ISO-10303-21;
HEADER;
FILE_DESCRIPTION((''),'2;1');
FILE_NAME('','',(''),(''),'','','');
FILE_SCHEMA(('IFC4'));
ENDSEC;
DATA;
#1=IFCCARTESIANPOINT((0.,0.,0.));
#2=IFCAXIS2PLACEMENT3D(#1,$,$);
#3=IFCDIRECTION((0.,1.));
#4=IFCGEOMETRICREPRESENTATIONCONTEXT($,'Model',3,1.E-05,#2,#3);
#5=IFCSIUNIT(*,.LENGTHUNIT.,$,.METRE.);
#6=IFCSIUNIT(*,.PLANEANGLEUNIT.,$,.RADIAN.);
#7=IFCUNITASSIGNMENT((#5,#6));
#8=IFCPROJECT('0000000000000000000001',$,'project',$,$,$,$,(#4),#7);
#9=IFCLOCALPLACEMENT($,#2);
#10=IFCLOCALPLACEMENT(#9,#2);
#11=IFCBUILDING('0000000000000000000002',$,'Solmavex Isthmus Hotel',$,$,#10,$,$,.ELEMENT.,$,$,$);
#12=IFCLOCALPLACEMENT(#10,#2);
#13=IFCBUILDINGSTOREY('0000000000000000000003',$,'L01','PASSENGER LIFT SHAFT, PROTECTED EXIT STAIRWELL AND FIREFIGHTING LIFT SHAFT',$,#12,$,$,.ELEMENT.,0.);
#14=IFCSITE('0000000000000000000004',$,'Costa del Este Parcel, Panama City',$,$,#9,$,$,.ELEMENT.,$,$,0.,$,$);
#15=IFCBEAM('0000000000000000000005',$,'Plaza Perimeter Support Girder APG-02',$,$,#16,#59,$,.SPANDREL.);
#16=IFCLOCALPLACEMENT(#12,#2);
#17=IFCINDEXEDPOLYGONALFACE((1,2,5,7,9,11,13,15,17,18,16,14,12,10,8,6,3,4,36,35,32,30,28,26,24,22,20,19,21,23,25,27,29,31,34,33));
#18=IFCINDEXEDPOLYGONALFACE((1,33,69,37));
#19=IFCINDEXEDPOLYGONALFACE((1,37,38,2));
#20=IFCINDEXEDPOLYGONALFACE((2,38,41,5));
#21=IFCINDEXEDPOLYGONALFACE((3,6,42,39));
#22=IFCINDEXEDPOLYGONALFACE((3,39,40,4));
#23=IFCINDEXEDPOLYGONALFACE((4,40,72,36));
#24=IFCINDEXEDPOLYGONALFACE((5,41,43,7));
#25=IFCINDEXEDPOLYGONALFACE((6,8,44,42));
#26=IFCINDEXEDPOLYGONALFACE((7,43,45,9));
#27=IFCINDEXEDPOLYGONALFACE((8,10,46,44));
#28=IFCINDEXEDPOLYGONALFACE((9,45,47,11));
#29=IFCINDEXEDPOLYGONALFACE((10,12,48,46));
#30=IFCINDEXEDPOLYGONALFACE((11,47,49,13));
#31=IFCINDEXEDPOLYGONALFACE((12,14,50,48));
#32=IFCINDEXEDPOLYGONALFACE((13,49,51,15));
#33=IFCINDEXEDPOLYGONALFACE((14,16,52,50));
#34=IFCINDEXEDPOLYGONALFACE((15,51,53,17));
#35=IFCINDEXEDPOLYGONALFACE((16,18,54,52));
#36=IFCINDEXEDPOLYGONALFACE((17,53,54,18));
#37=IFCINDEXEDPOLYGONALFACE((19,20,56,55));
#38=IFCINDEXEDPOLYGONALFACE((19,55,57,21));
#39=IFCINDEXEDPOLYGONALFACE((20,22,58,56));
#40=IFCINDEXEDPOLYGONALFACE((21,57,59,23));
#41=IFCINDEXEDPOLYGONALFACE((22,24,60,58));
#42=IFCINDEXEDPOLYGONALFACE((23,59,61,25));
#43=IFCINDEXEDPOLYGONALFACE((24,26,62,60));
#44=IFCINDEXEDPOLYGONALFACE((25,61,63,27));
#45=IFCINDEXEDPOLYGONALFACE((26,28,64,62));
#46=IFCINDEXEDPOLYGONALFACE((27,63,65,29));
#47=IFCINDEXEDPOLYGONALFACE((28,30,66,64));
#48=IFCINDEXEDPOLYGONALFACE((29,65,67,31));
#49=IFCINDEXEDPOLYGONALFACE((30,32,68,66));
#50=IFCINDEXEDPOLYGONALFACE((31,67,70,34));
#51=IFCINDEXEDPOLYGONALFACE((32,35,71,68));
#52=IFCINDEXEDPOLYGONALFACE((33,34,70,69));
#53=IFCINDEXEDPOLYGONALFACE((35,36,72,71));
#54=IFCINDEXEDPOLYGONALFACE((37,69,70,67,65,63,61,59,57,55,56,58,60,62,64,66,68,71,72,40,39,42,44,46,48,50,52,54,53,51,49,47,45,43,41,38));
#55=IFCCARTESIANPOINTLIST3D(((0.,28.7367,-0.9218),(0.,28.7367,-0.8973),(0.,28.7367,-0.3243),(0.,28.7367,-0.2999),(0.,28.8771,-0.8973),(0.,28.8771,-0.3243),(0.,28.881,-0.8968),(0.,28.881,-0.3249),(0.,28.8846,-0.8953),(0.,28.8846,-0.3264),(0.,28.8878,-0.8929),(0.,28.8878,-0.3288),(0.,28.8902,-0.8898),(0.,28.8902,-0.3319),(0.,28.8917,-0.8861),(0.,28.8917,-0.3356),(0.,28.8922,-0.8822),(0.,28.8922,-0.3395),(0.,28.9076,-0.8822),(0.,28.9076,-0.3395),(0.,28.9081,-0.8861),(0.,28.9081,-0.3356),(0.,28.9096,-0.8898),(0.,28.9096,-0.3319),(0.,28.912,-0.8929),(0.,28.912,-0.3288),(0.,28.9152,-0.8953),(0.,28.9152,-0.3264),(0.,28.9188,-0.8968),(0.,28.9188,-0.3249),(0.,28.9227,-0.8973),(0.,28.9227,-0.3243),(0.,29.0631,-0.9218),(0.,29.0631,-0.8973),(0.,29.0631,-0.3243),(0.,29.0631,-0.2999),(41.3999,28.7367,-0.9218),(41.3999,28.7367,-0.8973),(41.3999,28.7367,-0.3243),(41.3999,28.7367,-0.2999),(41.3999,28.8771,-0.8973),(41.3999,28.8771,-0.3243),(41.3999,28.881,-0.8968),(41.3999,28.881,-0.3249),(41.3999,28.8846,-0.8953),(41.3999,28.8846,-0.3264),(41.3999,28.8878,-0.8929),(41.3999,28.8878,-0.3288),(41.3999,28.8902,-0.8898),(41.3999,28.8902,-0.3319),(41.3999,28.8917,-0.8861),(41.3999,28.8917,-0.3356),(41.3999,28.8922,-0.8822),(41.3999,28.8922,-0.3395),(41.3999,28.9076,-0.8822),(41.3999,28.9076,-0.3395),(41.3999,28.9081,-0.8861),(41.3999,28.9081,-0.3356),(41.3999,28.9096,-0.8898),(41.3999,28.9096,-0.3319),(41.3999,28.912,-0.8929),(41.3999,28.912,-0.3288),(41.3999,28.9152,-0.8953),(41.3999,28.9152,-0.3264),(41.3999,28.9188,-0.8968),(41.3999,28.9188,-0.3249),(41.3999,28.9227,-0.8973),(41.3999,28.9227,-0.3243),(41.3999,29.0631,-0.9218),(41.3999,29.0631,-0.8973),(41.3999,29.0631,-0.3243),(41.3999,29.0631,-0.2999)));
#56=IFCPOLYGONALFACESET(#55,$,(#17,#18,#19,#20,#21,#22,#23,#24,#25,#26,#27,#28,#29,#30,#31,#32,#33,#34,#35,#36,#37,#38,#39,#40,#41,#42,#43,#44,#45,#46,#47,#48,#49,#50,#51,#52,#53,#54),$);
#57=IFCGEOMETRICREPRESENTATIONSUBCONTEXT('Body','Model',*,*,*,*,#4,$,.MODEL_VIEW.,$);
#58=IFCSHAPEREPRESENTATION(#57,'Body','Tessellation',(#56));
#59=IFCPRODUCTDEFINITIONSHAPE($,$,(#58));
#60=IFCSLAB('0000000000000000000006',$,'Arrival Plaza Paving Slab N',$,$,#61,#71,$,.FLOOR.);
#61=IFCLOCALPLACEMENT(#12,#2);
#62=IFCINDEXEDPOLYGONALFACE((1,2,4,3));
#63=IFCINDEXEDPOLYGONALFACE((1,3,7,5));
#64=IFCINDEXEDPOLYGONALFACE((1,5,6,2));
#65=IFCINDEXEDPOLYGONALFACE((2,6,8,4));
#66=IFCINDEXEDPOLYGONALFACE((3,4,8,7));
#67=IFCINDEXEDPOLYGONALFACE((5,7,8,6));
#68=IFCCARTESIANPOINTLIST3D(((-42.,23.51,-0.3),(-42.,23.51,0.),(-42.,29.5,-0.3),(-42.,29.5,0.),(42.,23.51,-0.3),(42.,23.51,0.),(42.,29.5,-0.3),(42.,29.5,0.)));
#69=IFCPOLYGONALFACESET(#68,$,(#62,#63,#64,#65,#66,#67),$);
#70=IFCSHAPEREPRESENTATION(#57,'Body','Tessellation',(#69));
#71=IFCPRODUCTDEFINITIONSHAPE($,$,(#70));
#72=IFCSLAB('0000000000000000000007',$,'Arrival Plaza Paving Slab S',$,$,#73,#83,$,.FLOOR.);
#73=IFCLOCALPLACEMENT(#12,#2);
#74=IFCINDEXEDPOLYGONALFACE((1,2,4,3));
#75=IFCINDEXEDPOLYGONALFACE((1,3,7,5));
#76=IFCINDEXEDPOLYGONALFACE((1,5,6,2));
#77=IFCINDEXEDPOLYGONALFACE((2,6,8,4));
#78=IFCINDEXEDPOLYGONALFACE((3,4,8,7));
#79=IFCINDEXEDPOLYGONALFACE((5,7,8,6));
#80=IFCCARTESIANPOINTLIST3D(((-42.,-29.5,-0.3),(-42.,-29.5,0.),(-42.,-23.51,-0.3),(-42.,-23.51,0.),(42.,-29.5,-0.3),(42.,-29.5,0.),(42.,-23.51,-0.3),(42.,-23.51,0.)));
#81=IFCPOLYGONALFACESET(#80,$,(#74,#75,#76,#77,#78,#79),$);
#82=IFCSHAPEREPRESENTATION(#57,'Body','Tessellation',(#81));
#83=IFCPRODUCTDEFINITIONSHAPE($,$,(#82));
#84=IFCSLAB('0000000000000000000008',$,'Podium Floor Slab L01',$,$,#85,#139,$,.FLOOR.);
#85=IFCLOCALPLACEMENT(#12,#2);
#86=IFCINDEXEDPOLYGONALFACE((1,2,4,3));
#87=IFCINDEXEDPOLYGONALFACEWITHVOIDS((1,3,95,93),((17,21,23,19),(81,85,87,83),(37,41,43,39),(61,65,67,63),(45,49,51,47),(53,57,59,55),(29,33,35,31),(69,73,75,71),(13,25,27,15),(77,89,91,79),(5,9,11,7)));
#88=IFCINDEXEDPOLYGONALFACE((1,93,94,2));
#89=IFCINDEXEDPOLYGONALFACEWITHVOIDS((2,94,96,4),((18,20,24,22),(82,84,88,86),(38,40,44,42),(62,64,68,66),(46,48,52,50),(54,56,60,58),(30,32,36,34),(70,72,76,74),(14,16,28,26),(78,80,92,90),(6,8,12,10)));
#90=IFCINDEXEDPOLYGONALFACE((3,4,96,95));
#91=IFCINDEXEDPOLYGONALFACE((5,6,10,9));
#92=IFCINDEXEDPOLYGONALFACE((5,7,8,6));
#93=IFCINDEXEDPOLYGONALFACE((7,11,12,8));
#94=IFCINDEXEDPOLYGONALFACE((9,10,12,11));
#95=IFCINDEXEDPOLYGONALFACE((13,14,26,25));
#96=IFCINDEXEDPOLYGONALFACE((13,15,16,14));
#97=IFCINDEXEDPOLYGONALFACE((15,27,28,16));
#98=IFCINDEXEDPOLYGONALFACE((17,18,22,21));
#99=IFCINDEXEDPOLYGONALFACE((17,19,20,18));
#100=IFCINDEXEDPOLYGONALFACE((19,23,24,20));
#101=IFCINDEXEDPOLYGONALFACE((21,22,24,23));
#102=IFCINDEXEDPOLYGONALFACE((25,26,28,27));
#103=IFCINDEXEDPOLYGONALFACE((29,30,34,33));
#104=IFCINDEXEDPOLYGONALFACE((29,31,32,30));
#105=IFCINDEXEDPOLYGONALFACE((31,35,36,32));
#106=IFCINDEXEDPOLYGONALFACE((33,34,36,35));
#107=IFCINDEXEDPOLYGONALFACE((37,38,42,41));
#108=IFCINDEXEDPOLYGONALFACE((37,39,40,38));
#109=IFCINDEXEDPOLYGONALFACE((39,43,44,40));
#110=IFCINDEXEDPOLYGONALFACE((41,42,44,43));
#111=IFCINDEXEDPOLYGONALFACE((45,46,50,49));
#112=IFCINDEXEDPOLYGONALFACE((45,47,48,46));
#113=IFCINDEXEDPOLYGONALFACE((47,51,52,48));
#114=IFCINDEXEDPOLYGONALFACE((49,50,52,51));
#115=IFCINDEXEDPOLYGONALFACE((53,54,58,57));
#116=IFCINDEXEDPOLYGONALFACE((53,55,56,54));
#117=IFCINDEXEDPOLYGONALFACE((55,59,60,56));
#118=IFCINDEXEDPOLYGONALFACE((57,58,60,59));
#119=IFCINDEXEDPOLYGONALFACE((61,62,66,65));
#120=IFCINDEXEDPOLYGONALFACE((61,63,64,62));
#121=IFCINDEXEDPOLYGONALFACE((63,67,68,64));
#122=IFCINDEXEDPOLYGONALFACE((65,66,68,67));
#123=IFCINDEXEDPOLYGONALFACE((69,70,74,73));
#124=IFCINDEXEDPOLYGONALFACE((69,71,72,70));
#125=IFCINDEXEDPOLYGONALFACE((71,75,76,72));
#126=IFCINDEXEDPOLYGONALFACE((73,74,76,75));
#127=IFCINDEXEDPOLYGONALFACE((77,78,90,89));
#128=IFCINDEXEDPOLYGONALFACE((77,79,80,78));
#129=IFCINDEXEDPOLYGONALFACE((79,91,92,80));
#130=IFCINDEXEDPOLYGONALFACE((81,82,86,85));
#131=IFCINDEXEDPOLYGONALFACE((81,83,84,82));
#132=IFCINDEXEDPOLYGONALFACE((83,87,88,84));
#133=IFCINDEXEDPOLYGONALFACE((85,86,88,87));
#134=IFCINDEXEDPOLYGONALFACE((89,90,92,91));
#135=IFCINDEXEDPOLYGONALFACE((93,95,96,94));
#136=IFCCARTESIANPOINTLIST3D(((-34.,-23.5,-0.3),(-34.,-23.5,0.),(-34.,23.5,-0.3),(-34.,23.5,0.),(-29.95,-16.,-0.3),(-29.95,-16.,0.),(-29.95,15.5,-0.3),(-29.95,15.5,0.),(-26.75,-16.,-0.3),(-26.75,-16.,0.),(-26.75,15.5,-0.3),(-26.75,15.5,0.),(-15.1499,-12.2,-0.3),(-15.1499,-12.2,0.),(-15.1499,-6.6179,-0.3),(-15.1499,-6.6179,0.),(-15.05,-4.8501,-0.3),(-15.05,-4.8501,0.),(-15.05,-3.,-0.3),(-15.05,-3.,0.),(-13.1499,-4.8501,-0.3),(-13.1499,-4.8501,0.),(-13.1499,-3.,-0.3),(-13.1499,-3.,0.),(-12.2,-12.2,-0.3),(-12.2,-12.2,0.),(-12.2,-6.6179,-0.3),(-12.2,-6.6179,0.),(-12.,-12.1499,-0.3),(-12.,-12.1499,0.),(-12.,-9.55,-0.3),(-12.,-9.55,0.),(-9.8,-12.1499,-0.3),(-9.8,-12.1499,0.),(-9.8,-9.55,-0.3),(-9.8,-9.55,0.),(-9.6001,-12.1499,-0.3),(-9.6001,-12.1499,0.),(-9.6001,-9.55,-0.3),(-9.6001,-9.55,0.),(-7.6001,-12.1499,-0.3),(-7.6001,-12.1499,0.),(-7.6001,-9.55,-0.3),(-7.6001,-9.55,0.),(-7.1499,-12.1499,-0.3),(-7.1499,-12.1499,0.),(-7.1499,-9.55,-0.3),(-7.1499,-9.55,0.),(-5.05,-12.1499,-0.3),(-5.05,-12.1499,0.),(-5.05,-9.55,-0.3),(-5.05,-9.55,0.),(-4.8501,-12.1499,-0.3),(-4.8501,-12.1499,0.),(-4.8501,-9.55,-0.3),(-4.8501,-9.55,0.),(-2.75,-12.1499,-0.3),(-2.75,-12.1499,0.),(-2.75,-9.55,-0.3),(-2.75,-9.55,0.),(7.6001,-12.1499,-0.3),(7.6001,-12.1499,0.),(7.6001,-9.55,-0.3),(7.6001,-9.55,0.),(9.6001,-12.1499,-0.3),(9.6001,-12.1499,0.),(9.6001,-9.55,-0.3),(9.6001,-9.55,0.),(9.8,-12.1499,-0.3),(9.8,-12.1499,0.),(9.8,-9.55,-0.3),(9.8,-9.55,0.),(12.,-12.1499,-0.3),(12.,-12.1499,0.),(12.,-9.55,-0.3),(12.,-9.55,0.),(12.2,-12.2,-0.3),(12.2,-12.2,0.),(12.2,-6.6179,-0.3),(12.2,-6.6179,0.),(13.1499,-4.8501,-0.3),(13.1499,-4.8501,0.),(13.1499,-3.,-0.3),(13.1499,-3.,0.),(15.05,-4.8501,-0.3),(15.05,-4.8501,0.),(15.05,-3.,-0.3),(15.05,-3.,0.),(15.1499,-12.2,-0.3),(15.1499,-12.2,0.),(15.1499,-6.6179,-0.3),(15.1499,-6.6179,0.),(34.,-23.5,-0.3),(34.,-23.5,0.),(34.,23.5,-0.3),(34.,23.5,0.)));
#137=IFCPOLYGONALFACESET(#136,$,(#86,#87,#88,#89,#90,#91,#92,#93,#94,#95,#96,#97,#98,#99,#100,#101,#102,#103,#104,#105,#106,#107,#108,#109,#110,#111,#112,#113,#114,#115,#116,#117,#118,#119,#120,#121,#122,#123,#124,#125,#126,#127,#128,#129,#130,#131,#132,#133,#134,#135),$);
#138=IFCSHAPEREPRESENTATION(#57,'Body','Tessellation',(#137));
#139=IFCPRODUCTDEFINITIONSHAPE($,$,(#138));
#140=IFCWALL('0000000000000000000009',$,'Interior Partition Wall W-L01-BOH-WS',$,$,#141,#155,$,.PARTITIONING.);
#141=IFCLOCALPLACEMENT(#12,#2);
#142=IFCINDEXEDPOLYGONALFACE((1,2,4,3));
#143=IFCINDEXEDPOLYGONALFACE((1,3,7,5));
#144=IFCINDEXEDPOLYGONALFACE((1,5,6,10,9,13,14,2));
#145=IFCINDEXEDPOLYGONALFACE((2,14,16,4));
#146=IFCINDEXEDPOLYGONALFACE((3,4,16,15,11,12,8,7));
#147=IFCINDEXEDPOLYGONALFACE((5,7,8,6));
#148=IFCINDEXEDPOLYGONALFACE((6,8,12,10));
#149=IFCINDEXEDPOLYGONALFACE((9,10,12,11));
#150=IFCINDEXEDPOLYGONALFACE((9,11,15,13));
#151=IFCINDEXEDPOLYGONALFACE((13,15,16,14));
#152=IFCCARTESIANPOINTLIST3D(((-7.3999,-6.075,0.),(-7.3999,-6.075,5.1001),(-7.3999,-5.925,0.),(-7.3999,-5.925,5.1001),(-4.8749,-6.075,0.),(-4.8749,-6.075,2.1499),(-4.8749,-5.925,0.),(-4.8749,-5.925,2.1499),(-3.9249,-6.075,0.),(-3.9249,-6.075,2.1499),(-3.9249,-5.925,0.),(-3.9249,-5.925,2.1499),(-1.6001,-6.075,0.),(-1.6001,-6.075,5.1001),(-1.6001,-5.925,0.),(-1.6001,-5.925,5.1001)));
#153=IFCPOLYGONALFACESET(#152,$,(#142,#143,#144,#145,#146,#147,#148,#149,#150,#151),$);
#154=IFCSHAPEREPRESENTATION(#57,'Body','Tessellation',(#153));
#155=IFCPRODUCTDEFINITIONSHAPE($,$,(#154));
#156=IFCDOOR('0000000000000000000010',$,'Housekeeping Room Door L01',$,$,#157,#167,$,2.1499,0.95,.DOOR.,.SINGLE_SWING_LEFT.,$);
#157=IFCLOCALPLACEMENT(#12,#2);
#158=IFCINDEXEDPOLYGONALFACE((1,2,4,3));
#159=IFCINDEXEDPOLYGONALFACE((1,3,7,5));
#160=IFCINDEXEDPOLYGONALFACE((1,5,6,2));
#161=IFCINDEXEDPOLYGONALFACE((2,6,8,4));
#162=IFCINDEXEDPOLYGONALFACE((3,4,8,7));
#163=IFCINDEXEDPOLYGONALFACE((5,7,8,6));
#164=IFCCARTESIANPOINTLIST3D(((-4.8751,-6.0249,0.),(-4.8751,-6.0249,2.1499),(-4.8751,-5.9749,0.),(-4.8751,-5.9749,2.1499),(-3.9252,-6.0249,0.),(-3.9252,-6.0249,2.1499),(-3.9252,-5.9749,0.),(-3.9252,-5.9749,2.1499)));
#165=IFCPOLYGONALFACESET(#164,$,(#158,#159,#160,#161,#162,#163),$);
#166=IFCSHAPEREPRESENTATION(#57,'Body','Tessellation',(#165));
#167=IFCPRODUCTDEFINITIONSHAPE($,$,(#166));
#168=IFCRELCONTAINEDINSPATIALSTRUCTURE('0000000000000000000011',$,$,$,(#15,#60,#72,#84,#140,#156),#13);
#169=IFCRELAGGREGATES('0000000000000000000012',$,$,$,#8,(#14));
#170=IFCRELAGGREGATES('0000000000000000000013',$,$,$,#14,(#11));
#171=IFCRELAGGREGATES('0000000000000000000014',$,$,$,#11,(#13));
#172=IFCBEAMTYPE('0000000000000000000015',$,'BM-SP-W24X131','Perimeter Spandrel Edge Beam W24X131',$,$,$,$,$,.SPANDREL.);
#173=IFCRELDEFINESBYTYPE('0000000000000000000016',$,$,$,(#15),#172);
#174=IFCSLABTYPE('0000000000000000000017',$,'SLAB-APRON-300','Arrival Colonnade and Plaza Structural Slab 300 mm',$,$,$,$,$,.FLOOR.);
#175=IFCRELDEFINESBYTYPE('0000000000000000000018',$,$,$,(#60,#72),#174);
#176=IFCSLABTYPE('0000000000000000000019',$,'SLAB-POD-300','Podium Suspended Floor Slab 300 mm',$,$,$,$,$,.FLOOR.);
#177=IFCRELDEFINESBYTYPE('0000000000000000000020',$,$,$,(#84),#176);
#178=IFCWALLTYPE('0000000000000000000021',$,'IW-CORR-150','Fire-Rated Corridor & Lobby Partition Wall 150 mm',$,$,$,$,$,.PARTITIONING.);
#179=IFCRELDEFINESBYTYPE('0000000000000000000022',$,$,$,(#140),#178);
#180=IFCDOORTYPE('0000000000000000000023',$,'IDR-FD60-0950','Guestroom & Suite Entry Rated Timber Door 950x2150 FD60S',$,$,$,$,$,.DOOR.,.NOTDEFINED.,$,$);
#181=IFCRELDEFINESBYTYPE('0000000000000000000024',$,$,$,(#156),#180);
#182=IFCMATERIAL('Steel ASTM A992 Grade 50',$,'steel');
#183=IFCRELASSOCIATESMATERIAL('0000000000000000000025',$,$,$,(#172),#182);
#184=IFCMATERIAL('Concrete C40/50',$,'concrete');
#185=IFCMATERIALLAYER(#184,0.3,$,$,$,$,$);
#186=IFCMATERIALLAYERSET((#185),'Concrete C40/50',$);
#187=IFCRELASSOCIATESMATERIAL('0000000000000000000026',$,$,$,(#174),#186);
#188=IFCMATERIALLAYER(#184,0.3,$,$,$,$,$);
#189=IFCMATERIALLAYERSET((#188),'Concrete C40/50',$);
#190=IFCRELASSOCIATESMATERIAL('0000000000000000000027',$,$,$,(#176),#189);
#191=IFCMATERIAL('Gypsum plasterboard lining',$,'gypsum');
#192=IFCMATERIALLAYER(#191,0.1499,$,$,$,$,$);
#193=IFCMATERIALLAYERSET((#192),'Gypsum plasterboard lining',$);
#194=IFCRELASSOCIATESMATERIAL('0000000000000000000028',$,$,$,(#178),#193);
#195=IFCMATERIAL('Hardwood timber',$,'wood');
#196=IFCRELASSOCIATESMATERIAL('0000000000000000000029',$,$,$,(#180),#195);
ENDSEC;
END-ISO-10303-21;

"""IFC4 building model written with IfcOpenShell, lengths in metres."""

from ifc_helpers import new_model, si_unit, direction, frame, frame_2d, origin, origin_2d, place, context, subcontext, project, spatial, polyline, rectangle, i_section, outline, extrude, material, layer, layer_set, material_profile, profile_set, type_object, element, fill, save


model = new_model("IFC4")

# Units and contexts
model_context = context("Model", 3, precision=1e-05, world=origin(), true_north=direction((0.0, 1.0)))
body_context = subcontext(model_context, "Body", "Model", "MODEL_VIEW")
ifc_project = project(units=[si_unit("LENGTHUNIT", "METRE"), si_unit("PLANEANGLEUNIT", "RADIAN")], contexts=[model_context])

# Site, building, storey
site_placement = place(None, origin())
site = spatial("IfcSite", under=ifc_project, at=site_placement, Name="Costa del Este Parcel, Panama City", CompositionType="ELEMENT", RefElevation=0.0)
building_placement = place(site_placement, origin())
building = spatial("IfcBuilding", under=site, at=building_placement, Name="Solmavex Isthmus Hotel", CompositionType="ELEMENT")
storey_placement = place(building_placement, origin())
storey = spatial("IfcBuildingStorey", under=building, at=storey_placement, Name="L01", Description="PASSENGER LIFT SHAFT, PROTECTED EXIT STAIRWELL AND FIREFIGHTING LIFT SHAFT", CompositionType="ELEMENT", Elevation=0.0)

# Beam
ifc_material_1 = material(Name="Steel ASTM A992 Grade 50", Category="steel")
ifc_material_profile_1 = material_profile(ifc_material_1, i_section(OverallWidth=0.3264, OverallDepth=0.6218, WebThickness=0.0154, FlangeThickness=0.0244, FilletRadius=0.0151, at=origin_2d()), Name="W24X131")
ifc_profile_set_1 = profile_set([ifc_material_profile_1], Name="Steel ASTM A992 Grade 50")
beam_type_1 = type_object("IfcBeamType", Name="BM-SP-W24X131", Description="Perimeter Spandrel Edge Beam W24X131", PredefinedType="SPANDREL", material=ifc_profile_set_1)
beam_1_placement = place(storey_placement, frame((0.0, 28.8999, -0.6108), z_axis=(1.0, 0.0, 0.0), x_axis=(0.0, 1.0, 0.0)))
element("IfcBeam", 1, at=beam_1_placement, inside=storey, type_object=beam_type_1, Name="Plaza Perimeter Support Girder APG-02", PredefinedType="SPANDREL", context=body_context, shape_type="SweptSolid", body=[
    extrude(i_section(OverallWidth=0.3264, OverallDepth=0.6218, WebThickness=0.0154, FlangeThickness=0.0244, FilletRadius=0.0151, at=origin_2d()), origin(), (0.0, 0.0, 1.0), 41.3999),
])

# Slabs
ifc_material_2 = material(Name="Concrete C40/50", Category="concrete")
ifc_layer_1 = layer(ifc_material_2, 0.3)
ifc_layer_set_1 = layer_set([ifc_layer_1], Name="Concrete C40/50")
slab_type_1 = type_object("IfcSlabType", Name="SLAB-APRON-300", Description="Arrival Colonnade and Plaza Structural Slab 300 mm", PredefinedType="FLOOR", material=ifc_layer_set_1)
slab_1_placement = place(storey_placement, frame((0.0, 0.0, -0.3)))
element("IfcSlab", 2, at=slab_1_placement, inside=storey, type_object=slab_type_1, Name="Arrival Plaza Paving Slab N", PredefinedType="FLOOR", context=body_context, shape_type="SweptSolid", body=[
    extrude(outline(polyline([(-42.0, 23.51), (42.0, 23.51), (42.0, 29.5), (-42.0, 29.5), (-42.0, 23.51)])), origin(), (0.0, 0.0, 1.0), 0.3),
])
slab_2_placement = place(storey_placement, frame((0.0, 0.0, -0.3)))
element("IfcSlab", 3, at=slab_2_placement, inside=storey, type_object=slab_type_1, Name="Arrival Plaza Paving Slab S", PredefinedType="FLOOR", context=body_context, shape_type="SweptSolid", body=[
    extrude(outline(polyline([(-42.0, -29.5), (42.0, -29.5), (42.0, -23.51), (-42.0, -23.51), (-42.0, -29.5)])), origin(), (0.0, 0.0, 1.0), 0.3),
])
ifc_layer_2 = layer(ifc_material_2, 0.3)
ifc_layer_set_2 = layer_set([ifc_layer_2], Name="Concrete C40/50")
slab_type_2 = type_object("IfcSlabType", Name="SLAB-POD-300", Description="Podium Suspended Floor Slab 300 mm", PredefinedType="FLOOR", material=ifc_layer_set_2)
slab_3_placement = place(storey_placement, frame((0.0, 0.0, -0.3)))
element("IfcSlab", 4, at=slab_3_placement, inside=storey, type_object=slab_type_2, Name="Podium Floor Slab L01", PredefinedType="FLOOR", context=body_context, shape_type="SweptSolid", body=[
    extrude(outline(polyline([(-34.0, -23.5), (34.0, -23.5), (34.0, 23.5), (-34.0, 23.5), (-34.0, -23.5)]), holes=[polyline([(-15.1499, -6.6179), (-15.1499, -12.2), (-12.2, -12.2), (-12.2, -6.6179), (-15.1499, -6.6179)]), polyline([(12.2, -6.6179), (12.2, -12.2), (15.1499, -12.2), (15.1499, -6.6179), (12.2, -6.6179)]), polyline([(-12.0, -12.1499), (-9.8, -12.1499), (-9.8, -9.55), (-12.0, -9.55), (-12.0, -12.1499)]), polyline([(9.8, -12.1499), (12.0, -12.1499), (12.0, -9.55), (9.8, -9.55), (9.8, -12.1499)]), polyline([(-9.6001, -12.1499), (-7.6001, -12.1499), (-7.6001, -9.55), (-9.6001, -9.55), (-9.6001, -12.1499)]), polyline([(7.6001, -12.1499), (9.6001, -12.1499), (9.6001, -9.55), (7.6001, -9.55), (7.6001, -12.1499)]), polyline([(-7.1499, -12.1499), (-5.05, -12.1499), (-5.05, -9.55), (-7.1499, -9.55), (-7.1499, -12.1499)]), polyline([(-4.8501, -12.1499), (-2.75, -12.1499), (-2.75, -9.55), (-4.8501, -9.55), (-4.8501, -12.1499)]), polyline([(-29.95, -16.0), (-26.75, -16.0), (-26.75, 15.5), (-29.95, 15.5), (-29.95, -16.0)]), polyline([(-15.05, -4.8501), (-13.1499, -4.8501), (-13.1499, -3.0), (-15.05, -3.0), (-15.05, -4.8501)]), polyline([(13.1499, -4.8501), (15.05, -4.8501), (15.05, -3.0), (13.1499, -3.0), (13.1499, -4.8501)])]), origin(), (0.0, 0.0, 1.0), 0.3),
])

# Wall, opening, door
ifc_material_3 = material(Name="Gypsum plasterboard lining", Category="gypsum")
ifc_layer_3 = layer(ifc_material_3, 0.1499)
ifc_layer_set_3 = layer_set([ifc_layer_3], Name="Gypsum plasterboard lining")
wall_type_1 = type_object("IfcWallType", Name="IW-CORR-150", Description="Fire-Rated Corridor & Lobby Partition Wall 150 mm", PredefinedType="PARTITIONING", material=ifc_layer_set_3)
wall_1_placement = place(storey_placement, frame((-7.3999, -6.0, 0.0), z_axis=(0.0, 0.0, 1.0), x_axis=(1.0, 0.0, 0.0)))
wall_1 = element("IfcWall", 5, at=wall_1_placement, inside=storey, type_object=wall_type_1, Name="Interior Partition Wall W-L01-BOH-WS", PredefinedType="PARTITIONING", context=body_context, shape_type="SweptSolid", body=[
    extrude(rectangle(XDim=5.7998, YDim=0.1499, at=frame_2d((2.8999, 0.0))), origin(), (0.0, 0.0, 1.0), 5.1001),
])
opening_1_placement = place(wall_1_placement, frame((2.5249, 0.0, 0.0)))
opening_1 = element("IfcOpeningElement", 6, at=opening_1_placement, cuts=wall_1, PredefinedType="OPENING", context=body_context, shape_type="SweptSolid", body=[
    extrude(rectangle(XDim=0.95, YDim=2.1499, at=frame_2d((0.4751, 1.075))), frame((0.0, 0.085, 0.0), z_axis=(0.0, -1.0, 0.0), x_axis=(1.0, 0.0, 0.0)), (0.0, 0.0, 1.0), 0.1699),
])
ifc_material_4 = material(Name="Hardwood timber", Category="wood")
door_type_1 = type_object("IfcDoorType", Name="IDR-FD60-0950", Description="Guestroom & Suite Entry Rated Timber Door 950x2150 FD60S", OperationType="NOTDEFINED", PredefinedType="DOOR", material=ifc_material_4)
door_1_placement = place(opening_1_placement, frame((0.95, 0.0, 0.0), z_axis=(0.0, 0.0, 1.0), x_axis=(-1.0, 0.0, 0.0)))
door_1 = element("IfcDoor", 7, at=door_1_placement, inside=storey, type_object=door_type_1, Name="Housekeeping Room Door L01", OperationType="SINGLE_SWING_LEFT", OverallHeight=2.1499, OverallWidth=0.95, PredefinedType="DOOR", context=body_context, shape_type="SweptSolid", body=[
    extrude(rectangle(XDim=0.95, YDim=2.1499, at=frame_2d((0.4751, 1.075))), frame((0.0, 0.0249, 0.0), z_axis=(0.0, -1.0, 0.0), x_axis=(1.0, 0.0, 0.0)), (0.0, 0.0, 1.0), 0.05),
])
fill(opening_1, door_1)

save(model, "model.ifc")
